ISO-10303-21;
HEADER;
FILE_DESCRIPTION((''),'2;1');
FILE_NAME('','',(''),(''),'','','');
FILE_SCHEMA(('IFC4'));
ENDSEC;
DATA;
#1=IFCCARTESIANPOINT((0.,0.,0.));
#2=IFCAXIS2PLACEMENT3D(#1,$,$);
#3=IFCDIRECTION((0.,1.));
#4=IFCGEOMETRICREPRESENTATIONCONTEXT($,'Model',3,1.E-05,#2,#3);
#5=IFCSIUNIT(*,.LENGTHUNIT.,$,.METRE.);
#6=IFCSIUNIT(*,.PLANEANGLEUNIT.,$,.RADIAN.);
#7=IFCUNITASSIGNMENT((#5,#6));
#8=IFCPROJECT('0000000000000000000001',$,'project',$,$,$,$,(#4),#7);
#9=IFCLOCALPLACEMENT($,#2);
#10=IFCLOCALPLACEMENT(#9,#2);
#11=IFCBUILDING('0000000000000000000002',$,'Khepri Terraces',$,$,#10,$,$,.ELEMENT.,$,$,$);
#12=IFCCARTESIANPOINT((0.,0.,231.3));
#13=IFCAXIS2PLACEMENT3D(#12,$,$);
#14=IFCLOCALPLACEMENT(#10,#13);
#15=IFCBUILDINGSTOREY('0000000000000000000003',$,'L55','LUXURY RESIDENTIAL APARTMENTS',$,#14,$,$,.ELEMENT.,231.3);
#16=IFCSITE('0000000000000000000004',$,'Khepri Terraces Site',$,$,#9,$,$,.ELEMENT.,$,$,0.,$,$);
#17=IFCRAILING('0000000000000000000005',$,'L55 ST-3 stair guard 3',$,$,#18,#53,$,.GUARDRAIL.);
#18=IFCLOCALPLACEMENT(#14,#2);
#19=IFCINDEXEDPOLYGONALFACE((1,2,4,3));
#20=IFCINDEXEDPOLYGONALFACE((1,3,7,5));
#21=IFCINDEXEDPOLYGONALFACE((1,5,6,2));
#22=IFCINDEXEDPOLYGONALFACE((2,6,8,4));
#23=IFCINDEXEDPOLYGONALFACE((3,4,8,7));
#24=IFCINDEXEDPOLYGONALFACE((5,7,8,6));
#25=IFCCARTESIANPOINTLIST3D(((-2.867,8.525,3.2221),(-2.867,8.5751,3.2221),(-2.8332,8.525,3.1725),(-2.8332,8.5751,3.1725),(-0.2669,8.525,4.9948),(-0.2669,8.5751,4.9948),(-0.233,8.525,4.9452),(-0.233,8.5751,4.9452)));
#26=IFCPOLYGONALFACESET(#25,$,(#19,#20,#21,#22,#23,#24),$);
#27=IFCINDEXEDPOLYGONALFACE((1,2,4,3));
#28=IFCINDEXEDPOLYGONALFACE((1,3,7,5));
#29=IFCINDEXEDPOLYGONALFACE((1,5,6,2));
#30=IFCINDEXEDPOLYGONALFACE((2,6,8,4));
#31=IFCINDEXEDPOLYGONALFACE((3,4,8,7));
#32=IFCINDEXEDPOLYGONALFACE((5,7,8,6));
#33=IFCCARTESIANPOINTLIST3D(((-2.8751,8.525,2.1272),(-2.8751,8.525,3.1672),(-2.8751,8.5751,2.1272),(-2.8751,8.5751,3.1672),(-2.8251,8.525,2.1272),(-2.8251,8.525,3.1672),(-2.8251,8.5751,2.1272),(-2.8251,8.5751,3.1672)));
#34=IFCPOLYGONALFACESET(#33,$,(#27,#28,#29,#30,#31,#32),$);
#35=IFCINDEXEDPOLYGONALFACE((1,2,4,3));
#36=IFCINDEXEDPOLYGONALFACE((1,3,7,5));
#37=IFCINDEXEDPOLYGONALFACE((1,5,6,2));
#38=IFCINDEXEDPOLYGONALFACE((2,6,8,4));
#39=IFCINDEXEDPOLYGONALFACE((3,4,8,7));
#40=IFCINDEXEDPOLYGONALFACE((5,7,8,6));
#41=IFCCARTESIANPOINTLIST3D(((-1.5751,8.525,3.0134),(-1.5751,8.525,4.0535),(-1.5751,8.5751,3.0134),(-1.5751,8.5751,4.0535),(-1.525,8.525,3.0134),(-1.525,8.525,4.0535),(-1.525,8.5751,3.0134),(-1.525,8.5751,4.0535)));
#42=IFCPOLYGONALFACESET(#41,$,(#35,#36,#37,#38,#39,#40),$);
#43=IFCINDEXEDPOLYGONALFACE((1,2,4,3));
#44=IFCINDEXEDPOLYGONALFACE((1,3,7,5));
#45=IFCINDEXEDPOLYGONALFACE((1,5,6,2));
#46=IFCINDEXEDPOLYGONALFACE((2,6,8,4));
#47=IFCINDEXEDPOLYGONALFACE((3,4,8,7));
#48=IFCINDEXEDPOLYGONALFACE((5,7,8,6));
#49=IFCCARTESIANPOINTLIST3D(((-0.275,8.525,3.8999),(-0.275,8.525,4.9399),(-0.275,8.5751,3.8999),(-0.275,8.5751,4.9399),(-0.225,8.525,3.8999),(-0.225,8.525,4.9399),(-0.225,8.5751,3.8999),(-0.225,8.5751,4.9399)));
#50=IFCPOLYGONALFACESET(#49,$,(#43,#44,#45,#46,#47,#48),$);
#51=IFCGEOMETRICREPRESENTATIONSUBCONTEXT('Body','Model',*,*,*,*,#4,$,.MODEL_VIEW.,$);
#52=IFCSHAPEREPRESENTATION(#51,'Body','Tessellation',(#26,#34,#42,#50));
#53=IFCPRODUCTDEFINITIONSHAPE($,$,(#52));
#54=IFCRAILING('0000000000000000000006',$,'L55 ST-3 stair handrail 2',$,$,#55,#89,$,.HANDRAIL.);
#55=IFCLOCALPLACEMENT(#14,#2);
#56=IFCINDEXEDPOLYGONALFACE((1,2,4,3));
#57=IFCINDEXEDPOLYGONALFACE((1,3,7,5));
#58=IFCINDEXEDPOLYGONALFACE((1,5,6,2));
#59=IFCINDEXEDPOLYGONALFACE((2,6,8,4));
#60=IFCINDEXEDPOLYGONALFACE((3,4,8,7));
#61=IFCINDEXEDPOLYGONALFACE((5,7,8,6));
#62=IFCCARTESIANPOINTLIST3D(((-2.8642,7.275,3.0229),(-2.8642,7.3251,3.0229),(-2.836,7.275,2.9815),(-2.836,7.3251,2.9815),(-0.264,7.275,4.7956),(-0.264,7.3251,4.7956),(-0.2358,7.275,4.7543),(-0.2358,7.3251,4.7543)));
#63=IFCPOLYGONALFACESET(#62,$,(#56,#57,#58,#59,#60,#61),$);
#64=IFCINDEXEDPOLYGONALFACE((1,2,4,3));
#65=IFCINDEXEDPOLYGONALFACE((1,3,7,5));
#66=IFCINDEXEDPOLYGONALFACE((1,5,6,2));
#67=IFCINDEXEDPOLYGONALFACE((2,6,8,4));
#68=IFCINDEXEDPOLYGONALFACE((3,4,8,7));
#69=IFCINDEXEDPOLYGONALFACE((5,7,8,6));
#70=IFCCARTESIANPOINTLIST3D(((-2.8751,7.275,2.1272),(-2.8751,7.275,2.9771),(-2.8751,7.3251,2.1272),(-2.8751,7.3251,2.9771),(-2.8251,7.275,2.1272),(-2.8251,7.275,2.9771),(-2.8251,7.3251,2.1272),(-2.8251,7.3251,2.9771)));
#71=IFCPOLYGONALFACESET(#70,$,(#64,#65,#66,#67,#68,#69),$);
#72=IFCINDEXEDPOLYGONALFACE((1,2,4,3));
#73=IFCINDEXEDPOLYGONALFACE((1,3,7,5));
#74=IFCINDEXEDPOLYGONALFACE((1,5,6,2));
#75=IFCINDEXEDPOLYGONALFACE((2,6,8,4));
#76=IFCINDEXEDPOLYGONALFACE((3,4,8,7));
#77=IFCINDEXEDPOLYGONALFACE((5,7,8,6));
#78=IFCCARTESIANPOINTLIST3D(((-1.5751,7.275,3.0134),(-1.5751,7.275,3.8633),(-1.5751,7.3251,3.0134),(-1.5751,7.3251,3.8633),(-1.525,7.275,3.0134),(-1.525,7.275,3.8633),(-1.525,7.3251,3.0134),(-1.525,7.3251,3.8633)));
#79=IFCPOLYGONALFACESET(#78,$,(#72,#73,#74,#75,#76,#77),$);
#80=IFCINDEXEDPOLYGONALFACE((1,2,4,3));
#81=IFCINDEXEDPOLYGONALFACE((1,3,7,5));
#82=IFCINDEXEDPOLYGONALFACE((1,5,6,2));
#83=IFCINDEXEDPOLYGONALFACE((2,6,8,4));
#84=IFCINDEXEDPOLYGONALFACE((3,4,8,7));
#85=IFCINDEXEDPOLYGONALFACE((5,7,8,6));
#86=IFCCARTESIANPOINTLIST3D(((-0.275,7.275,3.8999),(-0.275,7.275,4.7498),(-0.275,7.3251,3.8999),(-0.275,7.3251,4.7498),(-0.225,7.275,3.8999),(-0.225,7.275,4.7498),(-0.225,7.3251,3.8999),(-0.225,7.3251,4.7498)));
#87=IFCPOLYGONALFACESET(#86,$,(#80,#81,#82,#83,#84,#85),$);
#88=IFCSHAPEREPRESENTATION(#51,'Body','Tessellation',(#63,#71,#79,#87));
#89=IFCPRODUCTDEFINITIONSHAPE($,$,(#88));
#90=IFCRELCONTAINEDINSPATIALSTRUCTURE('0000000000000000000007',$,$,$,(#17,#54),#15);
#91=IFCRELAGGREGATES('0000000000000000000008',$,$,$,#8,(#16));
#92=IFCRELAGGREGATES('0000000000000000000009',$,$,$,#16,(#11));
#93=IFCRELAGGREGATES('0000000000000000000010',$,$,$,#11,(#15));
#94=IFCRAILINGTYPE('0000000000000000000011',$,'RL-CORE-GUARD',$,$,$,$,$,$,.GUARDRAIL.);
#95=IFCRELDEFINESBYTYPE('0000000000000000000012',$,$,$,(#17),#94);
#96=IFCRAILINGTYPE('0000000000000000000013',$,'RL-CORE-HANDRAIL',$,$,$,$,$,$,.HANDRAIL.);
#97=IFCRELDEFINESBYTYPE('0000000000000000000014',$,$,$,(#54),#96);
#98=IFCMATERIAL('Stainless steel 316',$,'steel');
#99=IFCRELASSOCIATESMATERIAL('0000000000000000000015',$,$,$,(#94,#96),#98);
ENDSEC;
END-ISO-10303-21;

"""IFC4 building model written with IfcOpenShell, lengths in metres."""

from ifc_helpers import new_model, si_unit, direction, frame, origin, origin_2d, place, context, subcontext, project, spatial, rectangle, extrude, material, type_object, element, save


model = new_model("IFC4")

# Units and contexts
model_context = context("Model", 3, precision=1e-05, world=origin(), true_north=direction((0.0, 1.0)))
body_context = subcontext(model_context, "Body", "Model", "MODEL_VIEW")
ifc_project = project(units=[si_unit("LENGTHUNIT", "METRE"), si_unit("PLANEANGLEUNIT", "RADIAN")], contexts=[model_context])

# Site, building, storey
site_placement = place(None, origin())
site = spatial("IfcSite", under=ifc_project, at=site_placement, Name="Khepri Terraces Site", CompositionType="ELEMENT", RefElevation=0.0)
building_placement = place(site_placement, origin())
building = spatial("IfcBuilding", under=site, at=building_placement, Name="Khepri Terraces", CompositionType="ELEMENT")
storey_placement = place(building_placement, frame((0.0, 0.0, 231.3)))
storey = spatial("IfcBuildingStorey", under=building, at=storey_placement, Name="L55", Description="LUXURY RESIDENTIAL APARTMENTS", CompositionType="ELEMENT", Elevation=231.3)

# Railings
ifc_material_1 = material(Name="Stainless steel 316", Category="steel")
railing_type_1 = type_object("IfcRailingType", Name="RL-CORE-GUARD", PredefinedType="GUARDRAIL", material=ifc_material_1)
railing_1_placement = place(storey_placement, frame((-2.8501, 8.55, 2.1272)))
element("IfcRailing", 1, at=railing_1_placement, inside=storey, type_object=railing_type_1, Name="L55 ST-3 stair guard 3", PredefinedType="GUARDRAIL", context=body_context, shape_type="SweptSolid", body=[
    extrude(rectangle(XDim=0.05, YDim=0.0601, at=origin_2d()), frame((0.0, 0.0, 1.0701), z_axis=(0.82624, 0.0, 0.563318), x_axis=(0.0, 1.0, 0.0)), (0.0, 0.0, 1.0), 3.147),
    extrude(rectangle(XDim=0.05, YDim=0.05, at=origin_2d()), origin(), (0.0, 0.0, 1.0), 1.04),
    extrude(rectangle(XDim=0.05, YDim=0.05, at=origin_2d()), frame((1.3, 0.0, 0.8862)), (0.0, 0.0, 1.0), 1.04),
    extrude(rectangle(XDim=0.05, YDim=0.05, at=origin_2d()), frame((2.6001, 0.0, 1.7727)), (0.0, 0.0, 1.0), 1.04),
])
railing_type_2 = type_object("IfcRailingType", Name="RL-CORE-HANDRAIL", PredefinedType="HANDRAIL", material=ifc_material_1)
railing_2_placement = place(storey_placement, frame((-2.8501, 7.3, 2.1272)))
element("IfcRailing", 2, at=railing_2_placement, inside=storey, type_object=railing_type_2, Name="L55 ST-3 stair handrail 2", PredefinedType="HANDRAIL", context=body_context, shape_type="SweptSolid", body=[
    extrude(rectangle(XDim=0.05, YDim=0.05, at=origin_2d()), frame((0.0, 0.0, 0.875), z_axis=(0.82624, 0.0, 0.563318), x_axis=(0.0, 1.0, 0.0)), (0.0, 0.0, 1.0), 3.147),
    extrude(rectangle(XDim=0.05, YDim=0.05, at=origin_2d()), origin(), (0.0, 0.0, 1.0), 0.8499),
    extrude(rectangle(XDim=0.05, YDim=0.05, at=origin_2d()), frame((1.3, 0.0, 0.8862)), (0.0, 0.0, 1.0), 0.8499),
    extrude(rectangle(XDim=0.05, YDim=0.05, at=origin_2d()), frame((2.6001, 0.0, 1.7727)), (0.0, 0.0, 1.0), 0.8499),
])

save(model, "model.ifc")
